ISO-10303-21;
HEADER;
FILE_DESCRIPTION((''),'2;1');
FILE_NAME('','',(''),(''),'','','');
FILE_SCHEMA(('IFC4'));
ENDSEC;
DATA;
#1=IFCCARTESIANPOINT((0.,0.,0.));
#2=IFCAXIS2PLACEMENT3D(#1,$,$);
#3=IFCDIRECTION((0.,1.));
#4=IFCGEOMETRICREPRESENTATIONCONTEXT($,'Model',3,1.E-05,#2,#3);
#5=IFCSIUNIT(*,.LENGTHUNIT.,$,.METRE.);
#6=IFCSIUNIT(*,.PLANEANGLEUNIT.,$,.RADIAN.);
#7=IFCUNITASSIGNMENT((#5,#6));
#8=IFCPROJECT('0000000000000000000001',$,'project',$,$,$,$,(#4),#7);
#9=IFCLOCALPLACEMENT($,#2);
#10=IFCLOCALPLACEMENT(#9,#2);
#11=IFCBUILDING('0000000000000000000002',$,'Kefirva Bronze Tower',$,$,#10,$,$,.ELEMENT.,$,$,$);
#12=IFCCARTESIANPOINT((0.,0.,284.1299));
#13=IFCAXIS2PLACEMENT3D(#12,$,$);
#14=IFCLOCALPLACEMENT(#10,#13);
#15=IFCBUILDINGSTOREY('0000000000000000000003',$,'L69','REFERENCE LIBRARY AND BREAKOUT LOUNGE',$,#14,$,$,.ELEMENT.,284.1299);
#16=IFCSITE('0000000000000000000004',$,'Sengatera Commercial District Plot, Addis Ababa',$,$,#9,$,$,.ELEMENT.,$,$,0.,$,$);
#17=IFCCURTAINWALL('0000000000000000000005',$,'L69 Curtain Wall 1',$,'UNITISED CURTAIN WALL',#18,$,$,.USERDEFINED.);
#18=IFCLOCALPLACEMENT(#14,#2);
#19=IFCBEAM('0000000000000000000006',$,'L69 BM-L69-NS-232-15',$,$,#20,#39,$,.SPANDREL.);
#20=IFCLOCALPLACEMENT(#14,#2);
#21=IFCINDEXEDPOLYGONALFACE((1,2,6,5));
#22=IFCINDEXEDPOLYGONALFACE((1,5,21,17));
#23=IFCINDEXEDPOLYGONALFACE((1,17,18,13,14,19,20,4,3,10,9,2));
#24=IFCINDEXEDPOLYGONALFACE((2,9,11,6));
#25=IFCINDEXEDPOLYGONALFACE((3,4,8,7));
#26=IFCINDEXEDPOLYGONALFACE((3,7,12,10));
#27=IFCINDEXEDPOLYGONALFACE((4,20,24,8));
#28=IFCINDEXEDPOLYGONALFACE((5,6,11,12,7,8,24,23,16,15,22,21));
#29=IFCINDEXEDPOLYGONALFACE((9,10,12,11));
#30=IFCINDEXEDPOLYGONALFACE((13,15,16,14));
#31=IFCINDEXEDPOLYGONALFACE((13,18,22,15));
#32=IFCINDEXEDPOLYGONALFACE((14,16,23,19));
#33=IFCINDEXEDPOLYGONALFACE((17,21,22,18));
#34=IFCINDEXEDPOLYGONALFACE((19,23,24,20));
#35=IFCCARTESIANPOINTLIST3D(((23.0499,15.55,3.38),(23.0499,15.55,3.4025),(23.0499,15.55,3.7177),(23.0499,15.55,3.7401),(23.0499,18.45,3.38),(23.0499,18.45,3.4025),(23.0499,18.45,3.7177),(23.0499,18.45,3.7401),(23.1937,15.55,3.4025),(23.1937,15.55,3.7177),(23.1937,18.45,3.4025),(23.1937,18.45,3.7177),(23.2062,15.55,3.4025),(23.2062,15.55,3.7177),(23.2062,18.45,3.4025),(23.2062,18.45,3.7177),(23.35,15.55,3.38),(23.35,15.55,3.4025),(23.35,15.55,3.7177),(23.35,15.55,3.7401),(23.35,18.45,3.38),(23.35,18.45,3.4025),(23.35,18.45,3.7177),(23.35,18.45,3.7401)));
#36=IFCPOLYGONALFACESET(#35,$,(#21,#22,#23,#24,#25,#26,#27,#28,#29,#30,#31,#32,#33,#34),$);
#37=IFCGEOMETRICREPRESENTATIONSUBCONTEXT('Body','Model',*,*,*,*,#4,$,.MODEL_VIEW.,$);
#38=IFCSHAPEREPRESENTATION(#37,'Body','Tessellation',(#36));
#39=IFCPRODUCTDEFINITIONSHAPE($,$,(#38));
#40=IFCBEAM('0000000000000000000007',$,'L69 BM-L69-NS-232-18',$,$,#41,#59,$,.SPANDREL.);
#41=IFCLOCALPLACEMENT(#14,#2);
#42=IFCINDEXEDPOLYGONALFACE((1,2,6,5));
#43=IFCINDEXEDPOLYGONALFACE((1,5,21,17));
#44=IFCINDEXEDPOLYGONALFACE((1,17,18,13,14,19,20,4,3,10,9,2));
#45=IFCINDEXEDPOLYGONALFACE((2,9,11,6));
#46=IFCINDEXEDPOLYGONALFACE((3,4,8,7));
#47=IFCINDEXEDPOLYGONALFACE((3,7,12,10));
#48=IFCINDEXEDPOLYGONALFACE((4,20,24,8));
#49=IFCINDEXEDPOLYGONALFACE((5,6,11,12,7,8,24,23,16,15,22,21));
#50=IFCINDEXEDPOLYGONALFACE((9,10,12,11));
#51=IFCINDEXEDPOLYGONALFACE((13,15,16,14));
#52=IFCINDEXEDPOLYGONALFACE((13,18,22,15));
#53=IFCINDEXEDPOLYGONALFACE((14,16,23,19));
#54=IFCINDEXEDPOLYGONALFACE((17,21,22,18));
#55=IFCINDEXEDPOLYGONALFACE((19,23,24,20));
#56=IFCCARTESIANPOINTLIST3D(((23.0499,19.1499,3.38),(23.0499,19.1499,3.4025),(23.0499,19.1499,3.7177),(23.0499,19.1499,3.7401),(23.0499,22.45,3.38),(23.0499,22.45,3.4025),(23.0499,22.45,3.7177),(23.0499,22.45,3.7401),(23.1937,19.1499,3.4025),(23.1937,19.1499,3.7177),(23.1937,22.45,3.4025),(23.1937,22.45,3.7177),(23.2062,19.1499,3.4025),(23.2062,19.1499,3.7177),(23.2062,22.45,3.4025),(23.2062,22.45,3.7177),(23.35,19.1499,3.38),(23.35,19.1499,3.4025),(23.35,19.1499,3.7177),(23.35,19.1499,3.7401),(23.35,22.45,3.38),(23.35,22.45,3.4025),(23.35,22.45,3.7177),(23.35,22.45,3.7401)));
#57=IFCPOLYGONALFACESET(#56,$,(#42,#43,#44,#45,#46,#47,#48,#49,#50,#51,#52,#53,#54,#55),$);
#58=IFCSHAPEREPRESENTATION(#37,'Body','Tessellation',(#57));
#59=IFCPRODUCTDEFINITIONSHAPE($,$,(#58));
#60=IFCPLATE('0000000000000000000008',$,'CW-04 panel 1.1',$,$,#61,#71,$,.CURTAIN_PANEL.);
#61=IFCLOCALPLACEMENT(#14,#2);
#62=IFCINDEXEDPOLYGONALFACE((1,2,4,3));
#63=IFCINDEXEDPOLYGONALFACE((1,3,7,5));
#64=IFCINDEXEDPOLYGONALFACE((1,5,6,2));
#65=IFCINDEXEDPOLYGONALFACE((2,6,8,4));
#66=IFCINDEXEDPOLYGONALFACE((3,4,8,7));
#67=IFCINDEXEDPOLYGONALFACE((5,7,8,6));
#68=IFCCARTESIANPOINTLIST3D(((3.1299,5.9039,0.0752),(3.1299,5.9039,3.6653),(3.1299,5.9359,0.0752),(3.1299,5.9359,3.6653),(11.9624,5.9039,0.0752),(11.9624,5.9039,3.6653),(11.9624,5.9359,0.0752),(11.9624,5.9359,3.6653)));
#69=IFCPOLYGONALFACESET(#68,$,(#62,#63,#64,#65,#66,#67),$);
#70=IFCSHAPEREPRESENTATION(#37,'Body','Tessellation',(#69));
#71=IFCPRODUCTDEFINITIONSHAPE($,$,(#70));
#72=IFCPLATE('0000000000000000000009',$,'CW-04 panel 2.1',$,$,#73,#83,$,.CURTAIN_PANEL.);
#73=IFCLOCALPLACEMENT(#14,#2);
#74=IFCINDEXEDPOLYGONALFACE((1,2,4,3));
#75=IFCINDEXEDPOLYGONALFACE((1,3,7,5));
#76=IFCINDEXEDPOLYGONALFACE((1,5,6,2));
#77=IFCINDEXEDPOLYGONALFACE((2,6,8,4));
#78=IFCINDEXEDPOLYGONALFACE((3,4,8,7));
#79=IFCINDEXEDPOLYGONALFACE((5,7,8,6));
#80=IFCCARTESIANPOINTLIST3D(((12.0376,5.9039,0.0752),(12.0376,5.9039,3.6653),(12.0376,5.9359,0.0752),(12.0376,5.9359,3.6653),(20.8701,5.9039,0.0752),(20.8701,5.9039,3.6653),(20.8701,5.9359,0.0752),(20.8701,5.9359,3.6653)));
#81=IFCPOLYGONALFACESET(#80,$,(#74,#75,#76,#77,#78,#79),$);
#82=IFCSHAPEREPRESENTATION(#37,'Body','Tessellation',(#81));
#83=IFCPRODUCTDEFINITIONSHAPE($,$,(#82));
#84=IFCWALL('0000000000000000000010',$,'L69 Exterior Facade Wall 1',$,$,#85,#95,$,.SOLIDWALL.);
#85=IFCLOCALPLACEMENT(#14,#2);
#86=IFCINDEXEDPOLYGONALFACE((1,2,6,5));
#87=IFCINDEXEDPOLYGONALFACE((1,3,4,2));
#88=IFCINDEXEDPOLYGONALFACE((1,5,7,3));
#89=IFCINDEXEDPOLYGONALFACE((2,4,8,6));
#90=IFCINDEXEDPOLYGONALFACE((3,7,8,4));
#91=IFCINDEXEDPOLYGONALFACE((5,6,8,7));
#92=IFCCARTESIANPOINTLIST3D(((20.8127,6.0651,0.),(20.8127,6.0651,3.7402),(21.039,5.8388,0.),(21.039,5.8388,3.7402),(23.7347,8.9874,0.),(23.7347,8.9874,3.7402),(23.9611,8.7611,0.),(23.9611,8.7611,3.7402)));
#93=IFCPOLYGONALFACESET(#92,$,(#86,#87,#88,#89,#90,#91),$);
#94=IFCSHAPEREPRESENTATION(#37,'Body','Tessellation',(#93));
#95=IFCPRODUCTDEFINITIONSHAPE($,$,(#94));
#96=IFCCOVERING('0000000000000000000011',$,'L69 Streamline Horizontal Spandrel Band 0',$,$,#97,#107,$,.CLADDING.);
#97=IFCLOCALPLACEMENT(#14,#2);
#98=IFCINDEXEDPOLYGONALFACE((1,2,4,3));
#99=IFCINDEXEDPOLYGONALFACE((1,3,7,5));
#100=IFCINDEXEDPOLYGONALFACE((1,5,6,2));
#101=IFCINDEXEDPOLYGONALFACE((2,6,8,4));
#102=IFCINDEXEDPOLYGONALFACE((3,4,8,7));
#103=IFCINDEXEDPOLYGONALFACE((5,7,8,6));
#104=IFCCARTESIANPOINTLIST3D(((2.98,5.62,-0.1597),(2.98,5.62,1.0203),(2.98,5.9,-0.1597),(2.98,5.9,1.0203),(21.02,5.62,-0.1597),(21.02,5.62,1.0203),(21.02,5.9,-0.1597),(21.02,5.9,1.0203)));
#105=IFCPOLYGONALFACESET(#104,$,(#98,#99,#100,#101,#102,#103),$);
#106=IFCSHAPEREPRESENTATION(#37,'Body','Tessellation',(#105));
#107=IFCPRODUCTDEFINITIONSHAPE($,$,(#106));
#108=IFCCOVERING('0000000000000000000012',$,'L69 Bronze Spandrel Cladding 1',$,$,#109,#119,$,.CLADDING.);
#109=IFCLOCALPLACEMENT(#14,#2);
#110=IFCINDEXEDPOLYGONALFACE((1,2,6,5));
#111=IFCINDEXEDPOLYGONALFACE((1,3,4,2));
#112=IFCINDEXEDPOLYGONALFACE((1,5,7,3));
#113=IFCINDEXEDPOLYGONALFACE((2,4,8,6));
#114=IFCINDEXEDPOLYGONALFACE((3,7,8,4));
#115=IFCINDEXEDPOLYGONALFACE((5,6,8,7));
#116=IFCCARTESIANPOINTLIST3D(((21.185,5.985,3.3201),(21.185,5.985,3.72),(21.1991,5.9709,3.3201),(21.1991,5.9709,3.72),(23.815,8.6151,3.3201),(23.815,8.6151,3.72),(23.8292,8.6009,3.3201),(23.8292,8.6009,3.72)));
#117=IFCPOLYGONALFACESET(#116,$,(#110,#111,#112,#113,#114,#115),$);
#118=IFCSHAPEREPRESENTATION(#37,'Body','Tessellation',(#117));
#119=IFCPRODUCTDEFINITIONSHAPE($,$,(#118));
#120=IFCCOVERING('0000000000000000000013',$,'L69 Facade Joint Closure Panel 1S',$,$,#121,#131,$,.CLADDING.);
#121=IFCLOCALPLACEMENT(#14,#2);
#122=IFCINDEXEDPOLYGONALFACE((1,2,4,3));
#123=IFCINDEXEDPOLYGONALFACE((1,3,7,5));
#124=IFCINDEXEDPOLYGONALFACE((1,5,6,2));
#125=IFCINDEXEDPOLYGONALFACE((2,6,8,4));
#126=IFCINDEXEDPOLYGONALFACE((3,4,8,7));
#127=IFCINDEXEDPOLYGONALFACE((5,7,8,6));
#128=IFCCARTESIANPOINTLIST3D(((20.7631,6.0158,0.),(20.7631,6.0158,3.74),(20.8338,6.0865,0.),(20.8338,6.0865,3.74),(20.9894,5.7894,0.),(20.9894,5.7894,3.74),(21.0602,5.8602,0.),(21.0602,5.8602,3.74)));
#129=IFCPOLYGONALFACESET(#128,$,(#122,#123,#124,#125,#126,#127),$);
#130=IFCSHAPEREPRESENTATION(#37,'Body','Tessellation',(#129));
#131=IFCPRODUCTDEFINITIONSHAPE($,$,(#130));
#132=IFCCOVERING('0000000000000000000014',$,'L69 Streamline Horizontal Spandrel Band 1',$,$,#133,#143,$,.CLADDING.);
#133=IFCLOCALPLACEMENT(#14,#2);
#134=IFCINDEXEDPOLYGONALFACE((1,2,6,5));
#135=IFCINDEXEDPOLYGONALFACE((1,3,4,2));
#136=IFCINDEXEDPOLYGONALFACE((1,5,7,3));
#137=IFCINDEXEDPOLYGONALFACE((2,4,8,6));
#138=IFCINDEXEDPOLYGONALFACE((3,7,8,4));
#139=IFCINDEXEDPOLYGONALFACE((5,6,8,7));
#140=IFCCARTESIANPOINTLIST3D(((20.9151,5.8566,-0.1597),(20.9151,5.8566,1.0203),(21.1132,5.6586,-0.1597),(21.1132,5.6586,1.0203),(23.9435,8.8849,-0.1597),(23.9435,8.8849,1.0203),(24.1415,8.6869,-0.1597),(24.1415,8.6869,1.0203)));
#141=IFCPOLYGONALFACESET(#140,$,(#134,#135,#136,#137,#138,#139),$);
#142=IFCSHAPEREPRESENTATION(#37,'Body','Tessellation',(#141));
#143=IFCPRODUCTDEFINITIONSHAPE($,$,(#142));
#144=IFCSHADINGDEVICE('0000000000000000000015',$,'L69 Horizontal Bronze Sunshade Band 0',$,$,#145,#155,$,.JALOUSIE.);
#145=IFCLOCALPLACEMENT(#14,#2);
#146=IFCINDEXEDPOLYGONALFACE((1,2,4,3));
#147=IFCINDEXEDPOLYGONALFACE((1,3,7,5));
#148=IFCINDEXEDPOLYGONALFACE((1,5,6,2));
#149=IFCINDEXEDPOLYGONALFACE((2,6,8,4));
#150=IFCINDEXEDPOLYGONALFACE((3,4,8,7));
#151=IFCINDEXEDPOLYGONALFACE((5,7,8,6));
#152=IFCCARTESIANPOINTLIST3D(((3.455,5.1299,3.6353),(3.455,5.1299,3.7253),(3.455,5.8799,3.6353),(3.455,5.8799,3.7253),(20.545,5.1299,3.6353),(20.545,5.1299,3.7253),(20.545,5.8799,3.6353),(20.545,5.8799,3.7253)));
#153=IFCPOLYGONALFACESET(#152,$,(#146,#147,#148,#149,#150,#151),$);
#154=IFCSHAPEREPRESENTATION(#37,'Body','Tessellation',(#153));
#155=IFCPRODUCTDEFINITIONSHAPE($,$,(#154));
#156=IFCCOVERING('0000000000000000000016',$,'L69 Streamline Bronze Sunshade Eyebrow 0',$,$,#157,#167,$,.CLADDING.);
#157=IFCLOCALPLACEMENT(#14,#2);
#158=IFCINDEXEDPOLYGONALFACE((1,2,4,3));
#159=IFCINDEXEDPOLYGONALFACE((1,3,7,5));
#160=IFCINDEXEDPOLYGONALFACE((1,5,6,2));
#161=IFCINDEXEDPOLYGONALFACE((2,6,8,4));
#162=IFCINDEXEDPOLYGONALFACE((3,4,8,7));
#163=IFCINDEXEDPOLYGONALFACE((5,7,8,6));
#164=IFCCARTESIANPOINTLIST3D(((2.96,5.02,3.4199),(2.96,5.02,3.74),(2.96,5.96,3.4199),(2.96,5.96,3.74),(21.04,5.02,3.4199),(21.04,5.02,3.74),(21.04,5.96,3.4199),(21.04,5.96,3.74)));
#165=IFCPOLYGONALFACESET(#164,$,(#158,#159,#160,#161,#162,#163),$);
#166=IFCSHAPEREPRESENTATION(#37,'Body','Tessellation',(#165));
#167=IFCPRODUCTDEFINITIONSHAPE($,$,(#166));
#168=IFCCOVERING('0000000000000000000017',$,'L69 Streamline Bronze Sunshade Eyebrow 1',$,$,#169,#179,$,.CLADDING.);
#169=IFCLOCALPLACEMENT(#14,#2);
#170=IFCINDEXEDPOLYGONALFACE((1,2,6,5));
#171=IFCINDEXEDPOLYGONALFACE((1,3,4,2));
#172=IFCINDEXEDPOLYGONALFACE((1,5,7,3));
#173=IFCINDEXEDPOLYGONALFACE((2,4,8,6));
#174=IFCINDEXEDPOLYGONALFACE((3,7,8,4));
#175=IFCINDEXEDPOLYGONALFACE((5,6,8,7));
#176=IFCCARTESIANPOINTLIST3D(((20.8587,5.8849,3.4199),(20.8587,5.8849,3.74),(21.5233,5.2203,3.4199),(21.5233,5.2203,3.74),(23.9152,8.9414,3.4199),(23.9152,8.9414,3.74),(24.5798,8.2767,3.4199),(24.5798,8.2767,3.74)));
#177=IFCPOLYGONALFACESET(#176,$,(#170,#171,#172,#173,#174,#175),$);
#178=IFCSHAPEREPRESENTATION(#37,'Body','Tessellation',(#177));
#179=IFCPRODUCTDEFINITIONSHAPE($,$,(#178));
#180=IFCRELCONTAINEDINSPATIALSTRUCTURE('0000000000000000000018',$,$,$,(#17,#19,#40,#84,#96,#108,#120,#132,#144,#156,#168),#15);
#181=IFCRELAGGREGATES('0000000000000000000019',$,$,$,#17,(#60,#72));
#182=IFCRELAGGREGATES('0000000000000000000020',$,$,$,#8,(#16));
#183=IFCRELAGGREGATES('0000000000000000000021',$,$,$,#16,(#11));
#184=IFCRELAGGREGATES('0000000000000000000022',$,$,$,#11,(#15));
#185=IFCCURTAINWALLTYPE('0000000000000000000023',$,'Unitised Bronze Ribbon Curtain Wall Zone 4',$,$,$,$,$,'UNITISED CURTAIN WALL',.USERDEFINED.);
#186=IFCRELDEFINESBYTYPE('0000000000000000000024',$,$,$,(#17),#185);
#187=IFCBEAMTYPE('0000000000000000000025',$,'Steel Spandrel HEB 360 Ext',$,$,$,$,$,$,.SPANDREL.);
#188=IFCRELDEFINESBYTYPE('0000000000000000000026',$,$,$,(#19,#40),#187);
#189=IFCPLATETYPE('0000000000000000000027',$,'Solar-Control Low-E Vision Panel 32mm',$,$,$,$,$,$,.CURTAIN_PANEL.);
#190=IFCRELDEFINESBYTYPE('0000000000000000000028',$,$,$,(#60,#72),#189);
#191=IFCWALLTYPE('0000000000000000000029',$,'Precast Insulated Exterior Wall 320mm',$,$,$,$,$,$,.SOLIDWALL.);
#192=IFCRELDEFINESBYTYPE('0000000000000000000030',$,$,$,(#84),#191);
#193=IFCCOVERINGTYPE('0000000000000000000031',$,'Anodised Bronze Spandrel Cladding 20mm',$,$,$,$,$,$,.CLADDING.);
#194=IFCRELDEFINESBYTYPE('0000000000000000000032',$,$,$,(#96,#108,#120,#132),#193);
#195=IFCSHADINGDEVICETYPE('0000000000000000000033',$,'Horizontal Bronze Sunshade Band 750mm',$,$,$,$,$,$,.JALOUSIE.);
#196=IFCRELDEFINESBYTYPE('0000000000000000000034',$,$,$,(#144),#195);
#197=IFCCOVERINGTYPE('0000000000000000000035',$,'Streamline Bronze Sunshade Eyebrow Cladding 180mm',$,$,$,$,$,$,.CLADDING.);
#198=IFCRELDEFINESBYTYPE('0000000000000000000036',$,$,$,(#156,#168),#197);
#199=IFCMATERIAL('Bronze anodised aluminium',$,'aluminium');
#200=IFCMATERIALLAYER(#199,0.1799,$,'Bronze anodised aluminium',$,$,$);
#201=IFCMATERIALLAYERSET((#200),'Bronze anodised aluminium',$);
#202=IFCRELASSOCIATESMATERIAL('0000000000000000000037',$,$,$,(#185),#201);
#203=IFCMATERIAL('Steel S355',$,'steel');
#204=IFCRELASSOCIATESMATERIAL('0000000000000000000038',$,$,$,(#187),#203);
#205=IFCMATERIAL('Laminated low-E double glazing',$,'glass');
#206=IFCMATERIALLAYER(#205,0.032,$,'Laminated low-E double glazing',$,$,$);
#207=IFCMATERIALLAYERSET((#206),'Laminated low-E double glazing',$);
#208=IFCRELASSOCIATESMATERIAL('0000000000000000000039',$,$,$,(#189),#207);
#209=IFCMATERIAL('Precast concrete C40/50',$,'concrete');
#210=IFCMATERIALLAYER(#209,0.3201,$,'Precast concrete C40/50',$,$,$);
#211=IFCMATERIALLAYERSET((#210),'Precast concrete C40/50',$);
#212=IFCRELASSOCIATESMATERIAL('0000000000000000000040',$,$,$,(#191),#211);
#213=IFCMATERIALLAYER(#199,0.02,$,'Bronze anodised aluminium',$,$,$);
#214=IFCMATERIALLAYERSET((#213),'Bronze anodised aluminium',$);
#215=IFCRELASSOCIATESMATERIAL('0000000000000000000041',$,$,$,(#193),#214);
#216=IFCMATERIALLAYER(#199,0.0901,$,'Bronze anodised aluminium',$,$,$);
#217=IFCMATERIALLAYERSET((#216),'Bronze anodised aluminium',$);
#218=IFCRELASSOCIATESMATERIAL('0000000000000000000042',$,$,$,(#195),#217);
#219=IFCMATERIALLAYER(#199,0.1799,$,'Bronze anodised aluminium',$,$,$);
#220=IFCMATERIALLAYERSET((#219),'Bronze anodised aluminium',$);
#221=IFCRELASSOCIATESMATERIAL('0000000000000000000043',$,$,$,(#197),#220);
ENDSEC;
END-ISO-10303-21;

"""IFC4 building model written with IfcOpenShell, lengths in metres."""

from ifc_helpers import new_model, si_unit, direction, frame, frame_2d, origin, origin_2d, place, context, subcontext, project, spatial, rectangle, i_section, extrude, material, layer, layer_set, material_profile, profile_set, type_object, element, aggregate, save


model = new_model("IFC4")

# Units and contexts
model_context = context("Model", 3, precision=1e-05, world=origin(), true_north=direction((0.0, 1.0)))
body_context = subcontext(model_context, "Body", "Model", "MODEL_VIEW")
ifc_project = project(units=[si_unit("LENGTHUNIT", "METRE"), si_unit("PLANEANGLEUNIT", "RADIAN")], contexts=[model_context])

# Site, building, storey
site_placement = place(None, origin())
site = spatial("IfcSite", under=ifc_project, at=site_placement, Name="Sengatera Commercial District Plot, Addis Ababa", CompositionType="ELEMENT", RefElevation=0.0)
building_placement = place(site_placement, origin())
building = spatial("IfcBuilding", under=site, at=building_placement, Name="Kefirva Bronze Tower", CompositionType="ELEMENT")
storey_placement = place(building_placement, frame((0.0, 0.0, 284.1299)))
storey = spatial("IfcBuildingStorey", under=building, at=storey_placement, Name="L69", Description="REFERENCE LIBRARY AND BREAKOUT LOUNGE", CompositionType="ELEMENT", Elevation=284.1299)

# Curtain wall
ifc_material_1 = material(Name="Bronze anodised aluminium", Category="aluminium")
ifc_layer_1 = layer(ifc_material_1, 0.1799, Name="Bronze anodised aluminium")
ifc_layer_set_1 = layer_set([ifc_layer_1], Name="Bronze anodised aluminium")
curtain_wall_type = type_object("IfcCurtainWallType", Name="Unitised Bronze Ribbon Curtain Wall Zone 4", ElementType="UNITISED CURTAIN WALL", PredefinedType="USERDEFINED", material=ifc_layer_set_1)
curtain_wall_placement = place(storey_placement, origin())
curtain_wall = element("IfcCurtainWall", 1, at=curtain_wall_placement, inside=storey, type_object=curtain_wall_type, Name="L69 Curtain Wall 1", ObjectType="UNITISED CURTAIN WALL", PredefinedType="USERDEFINED")

# Beams
ifc_material_2 = material(Name="Steel S355", Category="steel")
ifc_material_profile_1 = material_profile(ifc_material_2, i_section(OverallWidth=0.3, OverallDepth=0.3601, WebThickness=0.0125, FlangeThickness=0.0225, at=origin_2d()), Name="HEB 360")
ifc_profile_set_1 = profile_set([ifc_material_profile_1], Name="Steel S355")
beam_type_1 = type_object("IfcBeamType", Name="Steel Spandrel HEB 360 Ext", PredefinedType="SPANDREL", material=ifc_profile_set_1)
beam_1_placement = place(storey_placement, frame((23.2, 15.55, 3.5601), z_axis=(0.0, 1.0, 0.0), x_axis=(-1.0, 0.0, 0.0)))
element("IfcBeam", 2, at=beam_1_placement, inside=storey, type_object=beam_type_1, Name="L69 BM-L69-NS-232-15", PredefinedType="SPANDREL", context=body_context, shape_type="SweptSolid", body=[
    extrude(i_section(OverallWidth=0.3, OverallDepth=0.3601, WebThickness=0.0125, FlangeThickness=0.0225, at=origin_2d()), origin(), (0.0, 0.0, 1.0), 2.8999),
])
beam_2_placement = place(storey_placement, frame((23.2, 19.1499, 3.5601), z_axis=(0.0, 1.0, 0.0), x_axis=(-1.0, 0.0, 0.0)))
element("IfcBeam", 3, at=beam_2_placement, inside=storey, type_object=beam_type_1, Name="L69 BM-L69-NS-232-18", PredefinedType="SPANDREL", context=body_context, shape_type="SweptSolid", body=[
    extrude(i_section(OverallWidth=0.3, OverallDepth=0.3601, WebThickness=0.0125, FlangeThickness=0.0225, at=origin_2d()), origin(), (0.0, 0.0, 1.0), 3.3),
])

# Plates
ifc_material_3 = material(Name="Laminated low-E double glazing", Category="glass")
ifc_layer_2 = layer(ifc_material_3, 0.032, Name="Laminated low-E double glazing")
ifc_layer_set_2 = layer_set([ifc_layer_2], Name="Laminated low-E double glazing")
plate_type = type_object("IfcPlateType", Name="Solar-Control Low-E Vision Panel 32mm", PredefinedType="CURTAIN_PANEL", material=ifc_layer_set_2)
plate_1_placement = place(storey_placement, frame((7.5461, 5.9199, 0.0752), z_axis=(0.0, 0.0, 1.0), x_axis=(1.0, 0.0, 0.0)))
plate_1 = element("IfcPlate", 4, at=plate_1_placement, type_object=plate_type, Name="CW-04 panel 1.1", PredefinedType="CURTAIN_PANEL", context=body_context, shape_type="SweptSolid", body=[
    extrude(rectangle(XDim=8.8325, YDim=0.032, at=origin_2d()), origin(), (0.0, 0.0, 1.0), 3.5901),
])
plate_2_placement = place(storey_placement, frame((16.4539, 5.9199, 0.0752), z_axis=(0.0, 0.0, 1.0), x_axis=(1.0, 0.0, 0.0)))
plate_2 = element("IfcPlate", 5, at=plate_2_placement, type_object=plate_type, Name="CW-04 panel 2.1", PredefinedType="CURTAIN_PANEL", context=body_context, shape_type="SweptSolid", body=[
    extrude(rectangle(XDim=8.8325, YDim=0.032, at=origin_2d()), origin(), (0.0, 0.0, 1.0), 3.5901),
])
aggregate(curtain_wall, [plate_1, plate_2])

# Wall
ifc_material_4 = material(Name="Precast concrete C40/50", Category="concrete")
ifc_layer_3 = layer(ifc_material_4, 0.3201, Name="Precast concrete C40/50")
ifc_layer_set_3 = layer_set([ifc_layer_3], Name="Precast concrete C40/50")
wall_type = type_object("IfcWallType", Name="Precast Insulated Exterior Wall 320mm", PredefinedType="SOLIDWALL", material=ifc_layer_set_3)
wall_placement = place(storey_placement, frame((20.9258, 5.9519, 0.0), z_axis=(0.0, 0.0, 1.0), x_axis=(0.707077, 0.707136, 0.0)))
element("IfcWall", 6, at=wall_placement, inside=storey, type_object=wall_type, Name="L69 Exterior Facade Wall 1", PredefinedType="SOLIDWALL", context=body_context, shape_type="SweptSolid", body=[
    extrude(rectangle(XDim=4.1326, YDim=0.3201, at=frame_2d((2.0664, 0.0))), origin(), (0.0, 0.0, 1.0), 3.7402),
])

# Coverings
ifc_layer_4 = layer(ifc_material_1, 0.02, Name="Bronze anodised aluminium")
ifc_layer_set_4 = layer_set([ifc_layer_4], Name="Bronze anodised aluminium")
covering_type_1 = type_object("IfcCoveringType", Name="Anodised Bronze Spandrel Cladding 20mm", PredefinedType="CLADDING", material=ifc_layer_set_4)
covering_1_placement = place(storey_placement, frame((12.0, 5.76, -0.1597), z_axis=(0.0, 0.0, 1.0), x_axis=(1.0, 0.0, 0.0)))
element("IfcCovering", 7, at=covering_1_placement, inside=storey, type_object=covering_type_1, Name="L69 Streamline Horizontal Spandrel Band 0", PredefinedType="CLADDING", context=body_context, shape_type="SweptSolid", body=[
    extrude(rectangle(XDim=18.04, YDim=0.28, at=origin_2d()), origin(), (0.0, 0.0, 1.0), 1.1799),
])
covering_2_placement = place(storey_placement, frame((22.5071, 7.293, 3.3201), z_axis=(0.0, 0.0, 1.0), x_axis=(0.707107, 0.707107, 0.0)))
element("IfcCovering", 8, at=covering_2_placement, inside=storey, type_object=covering_type_1, Name="L69 Bronze Spandrel Cladding 1", PredefinedType="CLADDING", context=body_context, shape_type="SweptSolid", body=[
    extrude(rectangle(XDim=3.7195, YDim=0.02, at=origin_2d()), origin(), (0.0, 0.0, 1.0), 0.3999),
])
covering_3_placement = place(storey_placement, frame((20.9116, 5.938, 0.0), z_axis=(0.0, 0.0, 1.0), x_axis=(0.707107, 0.707107, 0.0)))
element("IfcCovering", 9, at=covering_3_placement, inside=storey, type_object=covering_type_1, Name="L69 Facade Joint Closure Panel 1S", PredefinedType="CLADDING", context=body_context, shape_type="SweptSolid", body=[
    extrude(rectangle(XDim=0.1001, YDim=0.3201, at=origin_2d()), origin(), (0.0, 0.0, 1.0), 3.74),
])
covering_4_placement = place(storey_placement, frame((22.5283, 7.2717, -0.1597), z_axis=(0.0, 0.0, 1.0), x_axis=(0.707107, 0.707107, 0.0)))
element("IfcCovering", 10, at=covering_4_placement, inside=storey, type_object=covering_type_1, Name="L69 Streamline Horizontal Spandrel Band 1", PredefinedType="CLADDING", context=body_context, shape_type="SweptSolid", body=[
    extrude(rectangle(XDim=4.2827, YDim=0.28, at=origin_2d()), origin(), (0.0, 0.0, 1.0), 1.1799),
])

# Shading device
ifc_layer_5 = layer(ifc_material_1, 0.0901, Name="Bronze anodised aluminium")
ifc_layer_set_5 = layer_set([ifc_layer_5], Name="Bronze anodised aluminium")
shading_device_type = type_object("IfcShadingDeviceType", Name="Horizontal Bronze Sunshade Band 750mm", PredefinedType="JALOUSIE", material=ifc_layer_set_5)
shading_device_placement = place(storey_placement, frame((12.0, 5.5049, 3.6353), z_axis=(0.0, 0.0, 1.0), x_axis=(1.0, 0.0, 0.0)))
element("IfcShadingDevice", 11, at=shading_device_placement, inside=storey, type_object=shading_device_type, Name="L69 Horizontal Bronze Sunshade Band 0", PredefinedType="JALOUSIE", context=body_context, shape_type="SweptSolid", body=[
    extrude(rectangle(XDim=17.0901, YDim=0.75, at=origin_2d()), origin(), (0.0, 0.0, 1.0), 0.0901),
])

# Coverings
ifc_layer_6 = layer(ifc_material_1, 0.1799, Name="Bronze anodised aluminium")
ifc_layer_set_6 = layer_set([ifc_layer_6], Name="Bronze anodised aluminium")
covering_type_2 = type_object("IfcCoveringType", Name="Streamline Bronze Sunshade Eyebrow Cladding 180mm", PredefinedType="CLADDING", material=ifc_layer_set_6)
covering_5_placement = place(storey_placement, frame((12.0, 5.49, 3.4199), z_axis=(0.0, 0.0, 1.0), x_axis=(1.0, 0.0, 0.0)))
element("IfcCovering", 12, at=covering_5_placement, inside=storey, type_object=covering_type_2, Name="L69 Streamline Bronze Sunshade Eyebrow 0", PredefinedType="CLADDING", context=body_context, shape_type="SweptSolid", body=[
    extrude(rectangle(XDim=18.0801, YDim=0.9399, at=origin_2d()), origin(), (0.0, 0.0, 1.0), 0.3201),
])
covering_6_placement = place(storey_placement, frame((22.7192, 7.0808, 3.4199), z_axis=(0.0, 0.0, 1.0), x_axis=(0.707107, 0.707107, 0.0)))
element("IfcCovering", 13, at=covering_6_placement, inside=storey, type_object=covering_type_2, Name="L69 Streamline Bronze Sunshade Eyebrow 1", PredefinedType="CLADDING", context=body_context, shape_type="SweptSolid", body=[
    extrude(rectangle(XDim=4.3225, YDim=0.9399, at=origin_2d()), origin(), (0.0, 0.0, 1.0), 0.3201),
])

save(model, "model.ifc")
